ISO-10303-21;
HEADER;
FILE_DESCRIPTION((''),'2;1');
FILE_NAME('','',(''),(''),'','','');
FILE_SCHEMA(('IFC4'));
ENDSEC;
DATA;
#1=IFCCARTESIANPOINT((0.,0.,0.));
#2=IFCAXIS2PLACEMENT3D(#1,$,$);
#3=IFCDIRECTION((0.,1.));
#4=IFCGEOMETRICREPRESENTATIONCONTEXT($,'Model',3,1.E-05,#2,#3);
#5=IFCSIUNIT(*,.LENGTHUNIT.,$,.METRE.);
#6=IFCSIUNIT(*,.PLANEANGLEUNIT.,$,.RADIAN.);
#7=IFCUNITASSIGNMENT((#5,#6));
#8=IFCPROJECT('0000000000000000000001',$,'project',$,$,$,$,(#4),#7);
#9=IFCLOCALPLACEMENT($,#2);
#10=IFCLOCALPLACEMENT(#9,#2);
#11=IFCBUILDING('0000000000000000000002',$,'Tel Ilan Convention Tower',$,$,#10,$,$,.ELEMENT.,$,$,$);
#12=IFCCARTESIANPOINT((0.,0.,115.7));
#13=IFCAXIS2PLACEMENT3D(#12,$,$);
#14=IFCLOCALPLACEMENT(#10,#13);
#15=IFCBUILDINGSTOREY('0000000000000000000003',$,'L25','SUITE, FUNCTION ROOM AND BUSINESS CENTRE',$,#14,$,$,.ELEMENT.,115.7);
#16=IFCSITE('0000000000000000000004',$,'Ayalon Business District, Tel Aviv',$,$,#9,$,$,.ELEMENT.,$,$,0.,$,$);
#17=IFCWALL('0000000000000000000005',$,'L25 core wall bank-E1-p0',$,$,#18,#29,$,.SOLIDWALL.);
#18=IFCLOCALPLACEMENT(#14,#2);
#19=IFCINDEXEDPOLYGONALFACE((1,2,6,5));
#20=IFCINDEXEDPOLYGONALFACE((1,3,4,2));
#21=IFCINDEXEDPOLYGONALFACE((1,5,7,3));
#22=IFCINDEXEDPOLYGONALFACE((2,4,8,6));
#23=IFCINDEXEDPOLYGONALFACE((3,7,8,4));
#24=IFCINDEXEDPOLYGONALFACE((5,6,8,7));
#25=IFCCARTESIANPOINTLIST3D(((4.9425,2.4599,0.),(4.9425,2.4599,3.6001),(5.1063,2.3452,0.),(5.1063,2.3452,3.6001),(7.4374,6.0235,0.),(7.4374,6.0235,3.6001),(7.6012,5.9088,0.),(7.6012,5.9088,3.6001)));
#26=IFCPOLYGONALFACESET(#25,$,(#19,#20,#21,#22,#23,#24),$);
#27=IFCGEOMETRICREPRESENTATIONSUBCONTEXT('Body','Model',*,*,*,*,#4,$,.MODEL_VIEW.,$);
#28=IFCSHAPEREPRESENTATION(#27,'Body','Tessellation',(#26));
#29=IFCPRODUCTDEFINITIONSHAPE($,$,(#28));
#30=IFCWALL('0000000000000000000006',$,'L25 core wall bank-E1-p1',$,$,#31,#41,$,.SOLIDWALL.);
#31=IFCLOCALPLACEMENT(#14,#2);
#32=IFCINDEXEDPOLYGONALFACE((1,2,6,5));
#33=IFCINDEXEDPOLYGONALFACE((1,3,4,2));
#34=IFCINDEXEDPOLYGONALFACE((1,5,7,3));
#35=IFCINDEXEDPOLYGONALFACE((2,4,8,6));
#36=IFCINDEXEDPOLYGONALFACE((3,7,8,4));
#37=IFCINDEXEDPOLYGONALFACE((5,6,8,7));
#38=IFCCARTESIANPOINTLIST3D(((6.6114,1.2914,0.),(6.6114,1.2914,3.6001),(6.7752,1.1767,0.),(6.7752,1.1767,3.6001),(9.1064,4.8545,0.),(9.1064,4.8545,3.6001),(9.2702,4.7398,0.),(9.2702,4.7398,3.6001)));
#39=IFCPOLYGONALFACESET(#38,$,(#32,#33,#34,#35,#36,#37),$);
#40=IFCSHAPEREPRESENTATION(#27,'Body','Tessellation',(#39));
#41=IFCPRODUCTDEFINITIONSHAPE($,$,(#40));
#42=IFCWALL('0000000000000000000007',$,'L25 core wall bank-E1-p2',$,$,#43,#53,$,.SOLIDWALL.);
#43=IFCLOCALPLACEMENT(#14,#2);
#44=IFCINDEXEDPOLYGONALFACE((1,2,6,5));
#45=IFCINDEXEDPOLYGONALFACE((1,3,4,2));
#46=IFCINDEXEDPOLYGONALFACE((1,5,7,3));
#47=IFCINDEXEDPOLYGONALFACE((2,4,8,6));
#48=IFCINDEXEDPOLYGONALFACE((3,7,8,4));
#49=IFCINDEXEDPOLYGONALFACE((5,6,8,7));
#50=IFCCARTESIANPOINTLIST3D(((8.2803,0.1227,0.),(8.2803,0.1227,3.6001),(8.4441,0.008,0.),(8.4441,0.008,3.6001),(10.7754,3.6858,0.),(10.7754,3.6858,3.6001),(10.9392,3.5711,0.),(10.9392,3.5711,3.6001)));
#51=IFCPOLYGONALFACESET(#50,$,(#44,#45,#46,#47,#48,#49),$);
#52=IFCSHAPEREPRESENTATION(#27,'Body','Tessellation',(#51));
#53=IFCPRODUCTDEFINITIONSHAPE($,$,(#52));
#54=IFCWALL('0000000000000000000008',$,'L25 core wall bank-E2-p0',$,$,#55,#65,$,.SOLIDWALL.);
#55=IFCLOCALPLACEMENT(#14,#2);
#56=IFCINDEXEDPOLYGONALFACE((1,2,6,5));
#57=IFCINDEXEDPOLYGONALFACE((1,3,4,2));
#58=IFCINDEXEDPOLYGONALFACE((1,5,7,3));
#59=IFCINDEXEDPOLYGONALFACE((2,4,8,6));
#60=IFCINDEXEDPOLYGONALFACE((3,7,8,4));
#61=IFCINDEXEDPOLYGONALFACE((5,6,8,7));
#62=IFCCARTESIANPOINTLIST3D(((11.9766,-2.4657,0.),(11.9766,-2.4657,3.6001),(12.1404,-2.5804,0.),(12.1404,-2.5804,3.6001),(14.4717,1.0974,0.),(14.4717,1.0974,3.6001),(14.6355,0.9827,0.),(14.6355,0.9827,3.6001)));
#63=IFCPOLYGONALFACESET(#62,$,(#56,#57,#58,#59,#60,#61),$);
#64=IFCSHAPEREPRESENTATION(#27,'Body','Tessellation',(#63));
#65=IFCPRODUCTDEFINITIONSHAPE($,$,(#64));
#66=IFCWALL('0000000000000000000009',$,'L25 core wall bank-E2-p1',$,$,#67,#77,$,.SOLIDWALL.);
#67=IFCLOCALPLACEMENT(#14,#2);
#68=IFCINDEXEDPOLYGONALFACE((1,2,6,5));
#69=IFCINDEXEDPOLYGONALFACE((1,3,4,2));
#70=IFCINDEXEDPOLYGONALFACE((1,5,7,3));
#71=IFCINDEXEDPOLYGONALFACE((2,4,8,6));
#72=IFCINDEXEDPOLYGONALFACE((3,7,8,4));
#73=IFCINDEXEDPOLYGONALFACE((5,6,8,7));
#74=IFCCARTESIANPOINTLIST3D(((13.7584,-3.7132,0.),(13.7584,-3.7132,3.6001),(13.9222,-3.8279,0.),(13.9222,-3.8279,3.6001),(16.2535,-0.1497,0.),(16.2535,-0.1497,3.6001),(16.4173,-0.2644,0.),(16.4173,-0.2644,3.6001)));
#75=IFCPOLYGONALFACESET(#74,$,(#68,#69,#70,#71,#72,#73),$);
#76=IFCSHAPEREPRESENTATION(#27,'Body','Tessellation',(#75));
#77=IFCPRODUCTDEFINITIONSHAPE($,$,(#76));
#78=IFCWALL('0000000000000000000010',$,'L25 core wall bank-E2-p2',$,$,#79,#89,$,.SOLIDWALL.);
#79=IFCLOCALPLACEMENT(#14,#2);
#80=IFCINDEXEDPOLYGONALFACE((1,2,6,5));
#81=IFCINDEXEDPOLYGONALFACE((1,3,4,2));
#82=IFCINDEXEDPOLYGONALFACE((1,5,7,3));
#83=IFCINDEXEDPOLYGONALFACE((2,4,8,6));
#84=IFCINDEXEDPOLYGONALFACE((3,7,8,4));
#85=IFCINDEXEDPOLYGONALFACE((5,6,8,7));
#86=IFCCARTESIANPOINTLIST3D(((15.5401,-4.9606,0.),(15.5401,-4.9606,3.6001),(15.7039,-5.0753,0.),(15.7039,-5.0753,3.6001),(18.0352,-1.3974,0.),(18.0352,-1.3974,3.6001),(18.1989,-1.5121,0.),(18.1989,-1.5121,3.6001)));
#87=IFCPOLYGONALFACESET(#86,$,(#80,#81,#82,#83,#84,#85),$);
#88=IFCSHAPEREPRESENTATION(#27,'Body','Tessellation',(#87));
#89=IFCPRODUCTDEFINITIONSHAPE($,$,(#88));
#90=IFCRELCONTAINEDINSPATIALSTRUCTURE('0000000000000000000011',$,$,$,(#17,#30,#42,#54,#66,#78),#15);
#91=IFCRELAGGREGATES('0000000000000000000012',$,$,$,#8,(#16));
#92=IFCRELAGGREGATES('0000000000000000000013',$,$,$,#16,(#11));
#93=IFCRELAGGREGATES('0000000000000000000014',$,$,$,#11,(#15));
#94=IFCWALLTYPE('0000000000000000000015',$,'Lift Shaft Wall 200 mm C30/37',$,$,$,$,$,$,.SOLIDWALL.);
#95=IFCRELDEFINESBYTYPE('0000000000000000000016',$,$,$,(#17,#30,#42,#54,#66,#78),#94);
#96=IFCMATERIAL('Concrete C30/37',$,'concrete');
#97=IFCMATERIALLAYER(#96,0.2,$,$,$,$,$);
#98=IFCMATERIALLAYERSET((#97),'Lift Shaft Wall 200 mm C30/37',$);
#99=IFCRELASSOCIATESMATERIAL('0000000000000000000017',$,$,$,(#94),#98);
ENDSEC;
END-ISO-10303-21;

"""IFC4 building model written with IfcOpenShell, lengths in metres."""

from ifc_helpers import new_model, si_unit, direction, frame, frame_2d, origin, place, context, subcontext, project, spatial, rectangle, extrude, material, layer, layer_set, type_object, element, save


model = new_model("IFC4")

# Units and contexts
model_context = context("Model", 3, precision=1e-05, world=origin(), true_north=direction((0.0, 1.0)))
body_context = subcontext(model_context, "Body", "Model", "MODEL_VIEW")
ifc_project = project(units=[si_unit("LENGTHUNIT", "METRE"), si_unit("PLANEANGLEUNIT", "RADIAN")], contexts=[model_context])

# Site, building, storey
site_placement = place(None, origin())
site = spatial("IfcSite", under=ifc_project, at=site_placement, Name="Ayalon Business District, Tel Aviv", CompositionType="ELEMENT", RefElevation=0.0)
building_placement = place(site_placement, origin())
building = spatial("IfcBuilding", under=site, at=building_placement, Name="Tel Ilan Convention Tower", CompositionType="ELEMENT")
storey_placement = place(building_placement, frame((0.0, 0.0, 115.7)))
storey = spatial("IfcBuildingStorey", under=building, at=storey_placement, Name="L25", Description="SUITE, FUNCTION ROOM AND BUSINESS CENTRE", CompositionType="ELEMENT", Elevation=115.7)

# Walls
ifc_material_1 = material(Name="Concrete C30/37", Category="concrete")
ifc_layer_1 = layer(ifc_material_1, 0.2)
ifc_layer_set_1 = layer_set([ifc_layer_1], Name="Lift Shaft Wall 200 mm C30/37")
wall_type_1 = type_object("IfcWallType", Name="Lift Shaft Wall 200 mm C30/37", PredefinedType="SOLIDWALL", material=ifc_layer_set_1)
wall_1_placement = place(storey_placement, frame((5.0244, 2.4026, 0.0), z_axis=(0.0, 0.0, 1.0), x_axis=(0.57353, 0.819184, 0.0)))
element("IfcWall", 1, at=wall_1_placement, inside=storey, type_object=wall_type_1, Name="L25 core wall bank-E1-p0", PredefinedType="SOLIDWALL", context=body_context, shape_type="SweptSolid", body=[
    extrude(rectangle(XDim=4.3501, YDim=0.2, at=frame_2d((2.175, 0.0))), origin(), (0.0, 0.0, 1.0), 3.6001),
])
for number, where, z_axis, x_axis, name in (
    (2, (6.6934, 1.2341, 0.0), (0.0, 0.0, 1.0), (0.573594, 0.81914, 0.0), "L25 core wall bank-E1-p1"),
    (3, (8.3623, 0.0654, 0.0), (0.0, 0.0, 1.0), (0.573594, 0.81914, 0.0), "L25 core wall bank-E1-p2"),
    (4, (12.0586, -2.5229, 0.0), (0.0, 0.0, 1.0), (0.573594, 0.81914, 0.0), "L25 core wall bank-E2-p0"),
):
    element("IfcWall", number, at=place(storey_placement, frame(where, z_axis=z_axis, x_axis=x_axis)), inside=storey, type_object=wall_type_1, Name=name, PredefinedType="SOLIDWALL", context=body_context, shape_type="SweptSolid", body=[
        extrude(rectangle(XDim=4.3499, YDim=0.2, at=frame_2d((2.1748, 0.0))), origin(), (0.0, 0.0, 1.0), 3.6001),
    ])
wall_2_placement = place(storey_placement, frame((13.8403, -3.7705, 0.0), z_axis=(0.0, 0.0, 1.0), x_axis=(0.573568, 0.819158, 0.0)))
element("IfcWall", 5, at=wall_2_placement, inside=storey, type_object=wall_type_1, Name="L25 core wall bank-E2-p1", PredefinedType="SOLIDWALL", context=body_context, shape_type="SweptSolid", body=[
    extrude(rectangle(XDim=4.3501, YDim=0.2, at=frame_2d((2.175, 0.0))), origin(), (0.0, 0.0, 1.0), 3.6001),
])
wall_3_placement = place(storey_placement, frame((15.6221, -5.0178, 0.0), z_axis=(0.0, 0.0, 1.0), x_axis=(0.573594, 0.81914, 0.0)))
element("IfcWall", 6, at=wall_3_placement, inside=storey, type_object=wall_type_1, Name="L25 core wall bank-E2-p2", PredefinedType="SOLIDWALL", context=body_context, shape_type="SweptSolid", body=[
    extrude(rectangle(XDim=4.3499, YDim=0.2, at=frame_2d((2.1748, 0.0))), origin(), (0.0, 0.0, 1.0), 3.6001),
])

save(model, "model.ifc")
